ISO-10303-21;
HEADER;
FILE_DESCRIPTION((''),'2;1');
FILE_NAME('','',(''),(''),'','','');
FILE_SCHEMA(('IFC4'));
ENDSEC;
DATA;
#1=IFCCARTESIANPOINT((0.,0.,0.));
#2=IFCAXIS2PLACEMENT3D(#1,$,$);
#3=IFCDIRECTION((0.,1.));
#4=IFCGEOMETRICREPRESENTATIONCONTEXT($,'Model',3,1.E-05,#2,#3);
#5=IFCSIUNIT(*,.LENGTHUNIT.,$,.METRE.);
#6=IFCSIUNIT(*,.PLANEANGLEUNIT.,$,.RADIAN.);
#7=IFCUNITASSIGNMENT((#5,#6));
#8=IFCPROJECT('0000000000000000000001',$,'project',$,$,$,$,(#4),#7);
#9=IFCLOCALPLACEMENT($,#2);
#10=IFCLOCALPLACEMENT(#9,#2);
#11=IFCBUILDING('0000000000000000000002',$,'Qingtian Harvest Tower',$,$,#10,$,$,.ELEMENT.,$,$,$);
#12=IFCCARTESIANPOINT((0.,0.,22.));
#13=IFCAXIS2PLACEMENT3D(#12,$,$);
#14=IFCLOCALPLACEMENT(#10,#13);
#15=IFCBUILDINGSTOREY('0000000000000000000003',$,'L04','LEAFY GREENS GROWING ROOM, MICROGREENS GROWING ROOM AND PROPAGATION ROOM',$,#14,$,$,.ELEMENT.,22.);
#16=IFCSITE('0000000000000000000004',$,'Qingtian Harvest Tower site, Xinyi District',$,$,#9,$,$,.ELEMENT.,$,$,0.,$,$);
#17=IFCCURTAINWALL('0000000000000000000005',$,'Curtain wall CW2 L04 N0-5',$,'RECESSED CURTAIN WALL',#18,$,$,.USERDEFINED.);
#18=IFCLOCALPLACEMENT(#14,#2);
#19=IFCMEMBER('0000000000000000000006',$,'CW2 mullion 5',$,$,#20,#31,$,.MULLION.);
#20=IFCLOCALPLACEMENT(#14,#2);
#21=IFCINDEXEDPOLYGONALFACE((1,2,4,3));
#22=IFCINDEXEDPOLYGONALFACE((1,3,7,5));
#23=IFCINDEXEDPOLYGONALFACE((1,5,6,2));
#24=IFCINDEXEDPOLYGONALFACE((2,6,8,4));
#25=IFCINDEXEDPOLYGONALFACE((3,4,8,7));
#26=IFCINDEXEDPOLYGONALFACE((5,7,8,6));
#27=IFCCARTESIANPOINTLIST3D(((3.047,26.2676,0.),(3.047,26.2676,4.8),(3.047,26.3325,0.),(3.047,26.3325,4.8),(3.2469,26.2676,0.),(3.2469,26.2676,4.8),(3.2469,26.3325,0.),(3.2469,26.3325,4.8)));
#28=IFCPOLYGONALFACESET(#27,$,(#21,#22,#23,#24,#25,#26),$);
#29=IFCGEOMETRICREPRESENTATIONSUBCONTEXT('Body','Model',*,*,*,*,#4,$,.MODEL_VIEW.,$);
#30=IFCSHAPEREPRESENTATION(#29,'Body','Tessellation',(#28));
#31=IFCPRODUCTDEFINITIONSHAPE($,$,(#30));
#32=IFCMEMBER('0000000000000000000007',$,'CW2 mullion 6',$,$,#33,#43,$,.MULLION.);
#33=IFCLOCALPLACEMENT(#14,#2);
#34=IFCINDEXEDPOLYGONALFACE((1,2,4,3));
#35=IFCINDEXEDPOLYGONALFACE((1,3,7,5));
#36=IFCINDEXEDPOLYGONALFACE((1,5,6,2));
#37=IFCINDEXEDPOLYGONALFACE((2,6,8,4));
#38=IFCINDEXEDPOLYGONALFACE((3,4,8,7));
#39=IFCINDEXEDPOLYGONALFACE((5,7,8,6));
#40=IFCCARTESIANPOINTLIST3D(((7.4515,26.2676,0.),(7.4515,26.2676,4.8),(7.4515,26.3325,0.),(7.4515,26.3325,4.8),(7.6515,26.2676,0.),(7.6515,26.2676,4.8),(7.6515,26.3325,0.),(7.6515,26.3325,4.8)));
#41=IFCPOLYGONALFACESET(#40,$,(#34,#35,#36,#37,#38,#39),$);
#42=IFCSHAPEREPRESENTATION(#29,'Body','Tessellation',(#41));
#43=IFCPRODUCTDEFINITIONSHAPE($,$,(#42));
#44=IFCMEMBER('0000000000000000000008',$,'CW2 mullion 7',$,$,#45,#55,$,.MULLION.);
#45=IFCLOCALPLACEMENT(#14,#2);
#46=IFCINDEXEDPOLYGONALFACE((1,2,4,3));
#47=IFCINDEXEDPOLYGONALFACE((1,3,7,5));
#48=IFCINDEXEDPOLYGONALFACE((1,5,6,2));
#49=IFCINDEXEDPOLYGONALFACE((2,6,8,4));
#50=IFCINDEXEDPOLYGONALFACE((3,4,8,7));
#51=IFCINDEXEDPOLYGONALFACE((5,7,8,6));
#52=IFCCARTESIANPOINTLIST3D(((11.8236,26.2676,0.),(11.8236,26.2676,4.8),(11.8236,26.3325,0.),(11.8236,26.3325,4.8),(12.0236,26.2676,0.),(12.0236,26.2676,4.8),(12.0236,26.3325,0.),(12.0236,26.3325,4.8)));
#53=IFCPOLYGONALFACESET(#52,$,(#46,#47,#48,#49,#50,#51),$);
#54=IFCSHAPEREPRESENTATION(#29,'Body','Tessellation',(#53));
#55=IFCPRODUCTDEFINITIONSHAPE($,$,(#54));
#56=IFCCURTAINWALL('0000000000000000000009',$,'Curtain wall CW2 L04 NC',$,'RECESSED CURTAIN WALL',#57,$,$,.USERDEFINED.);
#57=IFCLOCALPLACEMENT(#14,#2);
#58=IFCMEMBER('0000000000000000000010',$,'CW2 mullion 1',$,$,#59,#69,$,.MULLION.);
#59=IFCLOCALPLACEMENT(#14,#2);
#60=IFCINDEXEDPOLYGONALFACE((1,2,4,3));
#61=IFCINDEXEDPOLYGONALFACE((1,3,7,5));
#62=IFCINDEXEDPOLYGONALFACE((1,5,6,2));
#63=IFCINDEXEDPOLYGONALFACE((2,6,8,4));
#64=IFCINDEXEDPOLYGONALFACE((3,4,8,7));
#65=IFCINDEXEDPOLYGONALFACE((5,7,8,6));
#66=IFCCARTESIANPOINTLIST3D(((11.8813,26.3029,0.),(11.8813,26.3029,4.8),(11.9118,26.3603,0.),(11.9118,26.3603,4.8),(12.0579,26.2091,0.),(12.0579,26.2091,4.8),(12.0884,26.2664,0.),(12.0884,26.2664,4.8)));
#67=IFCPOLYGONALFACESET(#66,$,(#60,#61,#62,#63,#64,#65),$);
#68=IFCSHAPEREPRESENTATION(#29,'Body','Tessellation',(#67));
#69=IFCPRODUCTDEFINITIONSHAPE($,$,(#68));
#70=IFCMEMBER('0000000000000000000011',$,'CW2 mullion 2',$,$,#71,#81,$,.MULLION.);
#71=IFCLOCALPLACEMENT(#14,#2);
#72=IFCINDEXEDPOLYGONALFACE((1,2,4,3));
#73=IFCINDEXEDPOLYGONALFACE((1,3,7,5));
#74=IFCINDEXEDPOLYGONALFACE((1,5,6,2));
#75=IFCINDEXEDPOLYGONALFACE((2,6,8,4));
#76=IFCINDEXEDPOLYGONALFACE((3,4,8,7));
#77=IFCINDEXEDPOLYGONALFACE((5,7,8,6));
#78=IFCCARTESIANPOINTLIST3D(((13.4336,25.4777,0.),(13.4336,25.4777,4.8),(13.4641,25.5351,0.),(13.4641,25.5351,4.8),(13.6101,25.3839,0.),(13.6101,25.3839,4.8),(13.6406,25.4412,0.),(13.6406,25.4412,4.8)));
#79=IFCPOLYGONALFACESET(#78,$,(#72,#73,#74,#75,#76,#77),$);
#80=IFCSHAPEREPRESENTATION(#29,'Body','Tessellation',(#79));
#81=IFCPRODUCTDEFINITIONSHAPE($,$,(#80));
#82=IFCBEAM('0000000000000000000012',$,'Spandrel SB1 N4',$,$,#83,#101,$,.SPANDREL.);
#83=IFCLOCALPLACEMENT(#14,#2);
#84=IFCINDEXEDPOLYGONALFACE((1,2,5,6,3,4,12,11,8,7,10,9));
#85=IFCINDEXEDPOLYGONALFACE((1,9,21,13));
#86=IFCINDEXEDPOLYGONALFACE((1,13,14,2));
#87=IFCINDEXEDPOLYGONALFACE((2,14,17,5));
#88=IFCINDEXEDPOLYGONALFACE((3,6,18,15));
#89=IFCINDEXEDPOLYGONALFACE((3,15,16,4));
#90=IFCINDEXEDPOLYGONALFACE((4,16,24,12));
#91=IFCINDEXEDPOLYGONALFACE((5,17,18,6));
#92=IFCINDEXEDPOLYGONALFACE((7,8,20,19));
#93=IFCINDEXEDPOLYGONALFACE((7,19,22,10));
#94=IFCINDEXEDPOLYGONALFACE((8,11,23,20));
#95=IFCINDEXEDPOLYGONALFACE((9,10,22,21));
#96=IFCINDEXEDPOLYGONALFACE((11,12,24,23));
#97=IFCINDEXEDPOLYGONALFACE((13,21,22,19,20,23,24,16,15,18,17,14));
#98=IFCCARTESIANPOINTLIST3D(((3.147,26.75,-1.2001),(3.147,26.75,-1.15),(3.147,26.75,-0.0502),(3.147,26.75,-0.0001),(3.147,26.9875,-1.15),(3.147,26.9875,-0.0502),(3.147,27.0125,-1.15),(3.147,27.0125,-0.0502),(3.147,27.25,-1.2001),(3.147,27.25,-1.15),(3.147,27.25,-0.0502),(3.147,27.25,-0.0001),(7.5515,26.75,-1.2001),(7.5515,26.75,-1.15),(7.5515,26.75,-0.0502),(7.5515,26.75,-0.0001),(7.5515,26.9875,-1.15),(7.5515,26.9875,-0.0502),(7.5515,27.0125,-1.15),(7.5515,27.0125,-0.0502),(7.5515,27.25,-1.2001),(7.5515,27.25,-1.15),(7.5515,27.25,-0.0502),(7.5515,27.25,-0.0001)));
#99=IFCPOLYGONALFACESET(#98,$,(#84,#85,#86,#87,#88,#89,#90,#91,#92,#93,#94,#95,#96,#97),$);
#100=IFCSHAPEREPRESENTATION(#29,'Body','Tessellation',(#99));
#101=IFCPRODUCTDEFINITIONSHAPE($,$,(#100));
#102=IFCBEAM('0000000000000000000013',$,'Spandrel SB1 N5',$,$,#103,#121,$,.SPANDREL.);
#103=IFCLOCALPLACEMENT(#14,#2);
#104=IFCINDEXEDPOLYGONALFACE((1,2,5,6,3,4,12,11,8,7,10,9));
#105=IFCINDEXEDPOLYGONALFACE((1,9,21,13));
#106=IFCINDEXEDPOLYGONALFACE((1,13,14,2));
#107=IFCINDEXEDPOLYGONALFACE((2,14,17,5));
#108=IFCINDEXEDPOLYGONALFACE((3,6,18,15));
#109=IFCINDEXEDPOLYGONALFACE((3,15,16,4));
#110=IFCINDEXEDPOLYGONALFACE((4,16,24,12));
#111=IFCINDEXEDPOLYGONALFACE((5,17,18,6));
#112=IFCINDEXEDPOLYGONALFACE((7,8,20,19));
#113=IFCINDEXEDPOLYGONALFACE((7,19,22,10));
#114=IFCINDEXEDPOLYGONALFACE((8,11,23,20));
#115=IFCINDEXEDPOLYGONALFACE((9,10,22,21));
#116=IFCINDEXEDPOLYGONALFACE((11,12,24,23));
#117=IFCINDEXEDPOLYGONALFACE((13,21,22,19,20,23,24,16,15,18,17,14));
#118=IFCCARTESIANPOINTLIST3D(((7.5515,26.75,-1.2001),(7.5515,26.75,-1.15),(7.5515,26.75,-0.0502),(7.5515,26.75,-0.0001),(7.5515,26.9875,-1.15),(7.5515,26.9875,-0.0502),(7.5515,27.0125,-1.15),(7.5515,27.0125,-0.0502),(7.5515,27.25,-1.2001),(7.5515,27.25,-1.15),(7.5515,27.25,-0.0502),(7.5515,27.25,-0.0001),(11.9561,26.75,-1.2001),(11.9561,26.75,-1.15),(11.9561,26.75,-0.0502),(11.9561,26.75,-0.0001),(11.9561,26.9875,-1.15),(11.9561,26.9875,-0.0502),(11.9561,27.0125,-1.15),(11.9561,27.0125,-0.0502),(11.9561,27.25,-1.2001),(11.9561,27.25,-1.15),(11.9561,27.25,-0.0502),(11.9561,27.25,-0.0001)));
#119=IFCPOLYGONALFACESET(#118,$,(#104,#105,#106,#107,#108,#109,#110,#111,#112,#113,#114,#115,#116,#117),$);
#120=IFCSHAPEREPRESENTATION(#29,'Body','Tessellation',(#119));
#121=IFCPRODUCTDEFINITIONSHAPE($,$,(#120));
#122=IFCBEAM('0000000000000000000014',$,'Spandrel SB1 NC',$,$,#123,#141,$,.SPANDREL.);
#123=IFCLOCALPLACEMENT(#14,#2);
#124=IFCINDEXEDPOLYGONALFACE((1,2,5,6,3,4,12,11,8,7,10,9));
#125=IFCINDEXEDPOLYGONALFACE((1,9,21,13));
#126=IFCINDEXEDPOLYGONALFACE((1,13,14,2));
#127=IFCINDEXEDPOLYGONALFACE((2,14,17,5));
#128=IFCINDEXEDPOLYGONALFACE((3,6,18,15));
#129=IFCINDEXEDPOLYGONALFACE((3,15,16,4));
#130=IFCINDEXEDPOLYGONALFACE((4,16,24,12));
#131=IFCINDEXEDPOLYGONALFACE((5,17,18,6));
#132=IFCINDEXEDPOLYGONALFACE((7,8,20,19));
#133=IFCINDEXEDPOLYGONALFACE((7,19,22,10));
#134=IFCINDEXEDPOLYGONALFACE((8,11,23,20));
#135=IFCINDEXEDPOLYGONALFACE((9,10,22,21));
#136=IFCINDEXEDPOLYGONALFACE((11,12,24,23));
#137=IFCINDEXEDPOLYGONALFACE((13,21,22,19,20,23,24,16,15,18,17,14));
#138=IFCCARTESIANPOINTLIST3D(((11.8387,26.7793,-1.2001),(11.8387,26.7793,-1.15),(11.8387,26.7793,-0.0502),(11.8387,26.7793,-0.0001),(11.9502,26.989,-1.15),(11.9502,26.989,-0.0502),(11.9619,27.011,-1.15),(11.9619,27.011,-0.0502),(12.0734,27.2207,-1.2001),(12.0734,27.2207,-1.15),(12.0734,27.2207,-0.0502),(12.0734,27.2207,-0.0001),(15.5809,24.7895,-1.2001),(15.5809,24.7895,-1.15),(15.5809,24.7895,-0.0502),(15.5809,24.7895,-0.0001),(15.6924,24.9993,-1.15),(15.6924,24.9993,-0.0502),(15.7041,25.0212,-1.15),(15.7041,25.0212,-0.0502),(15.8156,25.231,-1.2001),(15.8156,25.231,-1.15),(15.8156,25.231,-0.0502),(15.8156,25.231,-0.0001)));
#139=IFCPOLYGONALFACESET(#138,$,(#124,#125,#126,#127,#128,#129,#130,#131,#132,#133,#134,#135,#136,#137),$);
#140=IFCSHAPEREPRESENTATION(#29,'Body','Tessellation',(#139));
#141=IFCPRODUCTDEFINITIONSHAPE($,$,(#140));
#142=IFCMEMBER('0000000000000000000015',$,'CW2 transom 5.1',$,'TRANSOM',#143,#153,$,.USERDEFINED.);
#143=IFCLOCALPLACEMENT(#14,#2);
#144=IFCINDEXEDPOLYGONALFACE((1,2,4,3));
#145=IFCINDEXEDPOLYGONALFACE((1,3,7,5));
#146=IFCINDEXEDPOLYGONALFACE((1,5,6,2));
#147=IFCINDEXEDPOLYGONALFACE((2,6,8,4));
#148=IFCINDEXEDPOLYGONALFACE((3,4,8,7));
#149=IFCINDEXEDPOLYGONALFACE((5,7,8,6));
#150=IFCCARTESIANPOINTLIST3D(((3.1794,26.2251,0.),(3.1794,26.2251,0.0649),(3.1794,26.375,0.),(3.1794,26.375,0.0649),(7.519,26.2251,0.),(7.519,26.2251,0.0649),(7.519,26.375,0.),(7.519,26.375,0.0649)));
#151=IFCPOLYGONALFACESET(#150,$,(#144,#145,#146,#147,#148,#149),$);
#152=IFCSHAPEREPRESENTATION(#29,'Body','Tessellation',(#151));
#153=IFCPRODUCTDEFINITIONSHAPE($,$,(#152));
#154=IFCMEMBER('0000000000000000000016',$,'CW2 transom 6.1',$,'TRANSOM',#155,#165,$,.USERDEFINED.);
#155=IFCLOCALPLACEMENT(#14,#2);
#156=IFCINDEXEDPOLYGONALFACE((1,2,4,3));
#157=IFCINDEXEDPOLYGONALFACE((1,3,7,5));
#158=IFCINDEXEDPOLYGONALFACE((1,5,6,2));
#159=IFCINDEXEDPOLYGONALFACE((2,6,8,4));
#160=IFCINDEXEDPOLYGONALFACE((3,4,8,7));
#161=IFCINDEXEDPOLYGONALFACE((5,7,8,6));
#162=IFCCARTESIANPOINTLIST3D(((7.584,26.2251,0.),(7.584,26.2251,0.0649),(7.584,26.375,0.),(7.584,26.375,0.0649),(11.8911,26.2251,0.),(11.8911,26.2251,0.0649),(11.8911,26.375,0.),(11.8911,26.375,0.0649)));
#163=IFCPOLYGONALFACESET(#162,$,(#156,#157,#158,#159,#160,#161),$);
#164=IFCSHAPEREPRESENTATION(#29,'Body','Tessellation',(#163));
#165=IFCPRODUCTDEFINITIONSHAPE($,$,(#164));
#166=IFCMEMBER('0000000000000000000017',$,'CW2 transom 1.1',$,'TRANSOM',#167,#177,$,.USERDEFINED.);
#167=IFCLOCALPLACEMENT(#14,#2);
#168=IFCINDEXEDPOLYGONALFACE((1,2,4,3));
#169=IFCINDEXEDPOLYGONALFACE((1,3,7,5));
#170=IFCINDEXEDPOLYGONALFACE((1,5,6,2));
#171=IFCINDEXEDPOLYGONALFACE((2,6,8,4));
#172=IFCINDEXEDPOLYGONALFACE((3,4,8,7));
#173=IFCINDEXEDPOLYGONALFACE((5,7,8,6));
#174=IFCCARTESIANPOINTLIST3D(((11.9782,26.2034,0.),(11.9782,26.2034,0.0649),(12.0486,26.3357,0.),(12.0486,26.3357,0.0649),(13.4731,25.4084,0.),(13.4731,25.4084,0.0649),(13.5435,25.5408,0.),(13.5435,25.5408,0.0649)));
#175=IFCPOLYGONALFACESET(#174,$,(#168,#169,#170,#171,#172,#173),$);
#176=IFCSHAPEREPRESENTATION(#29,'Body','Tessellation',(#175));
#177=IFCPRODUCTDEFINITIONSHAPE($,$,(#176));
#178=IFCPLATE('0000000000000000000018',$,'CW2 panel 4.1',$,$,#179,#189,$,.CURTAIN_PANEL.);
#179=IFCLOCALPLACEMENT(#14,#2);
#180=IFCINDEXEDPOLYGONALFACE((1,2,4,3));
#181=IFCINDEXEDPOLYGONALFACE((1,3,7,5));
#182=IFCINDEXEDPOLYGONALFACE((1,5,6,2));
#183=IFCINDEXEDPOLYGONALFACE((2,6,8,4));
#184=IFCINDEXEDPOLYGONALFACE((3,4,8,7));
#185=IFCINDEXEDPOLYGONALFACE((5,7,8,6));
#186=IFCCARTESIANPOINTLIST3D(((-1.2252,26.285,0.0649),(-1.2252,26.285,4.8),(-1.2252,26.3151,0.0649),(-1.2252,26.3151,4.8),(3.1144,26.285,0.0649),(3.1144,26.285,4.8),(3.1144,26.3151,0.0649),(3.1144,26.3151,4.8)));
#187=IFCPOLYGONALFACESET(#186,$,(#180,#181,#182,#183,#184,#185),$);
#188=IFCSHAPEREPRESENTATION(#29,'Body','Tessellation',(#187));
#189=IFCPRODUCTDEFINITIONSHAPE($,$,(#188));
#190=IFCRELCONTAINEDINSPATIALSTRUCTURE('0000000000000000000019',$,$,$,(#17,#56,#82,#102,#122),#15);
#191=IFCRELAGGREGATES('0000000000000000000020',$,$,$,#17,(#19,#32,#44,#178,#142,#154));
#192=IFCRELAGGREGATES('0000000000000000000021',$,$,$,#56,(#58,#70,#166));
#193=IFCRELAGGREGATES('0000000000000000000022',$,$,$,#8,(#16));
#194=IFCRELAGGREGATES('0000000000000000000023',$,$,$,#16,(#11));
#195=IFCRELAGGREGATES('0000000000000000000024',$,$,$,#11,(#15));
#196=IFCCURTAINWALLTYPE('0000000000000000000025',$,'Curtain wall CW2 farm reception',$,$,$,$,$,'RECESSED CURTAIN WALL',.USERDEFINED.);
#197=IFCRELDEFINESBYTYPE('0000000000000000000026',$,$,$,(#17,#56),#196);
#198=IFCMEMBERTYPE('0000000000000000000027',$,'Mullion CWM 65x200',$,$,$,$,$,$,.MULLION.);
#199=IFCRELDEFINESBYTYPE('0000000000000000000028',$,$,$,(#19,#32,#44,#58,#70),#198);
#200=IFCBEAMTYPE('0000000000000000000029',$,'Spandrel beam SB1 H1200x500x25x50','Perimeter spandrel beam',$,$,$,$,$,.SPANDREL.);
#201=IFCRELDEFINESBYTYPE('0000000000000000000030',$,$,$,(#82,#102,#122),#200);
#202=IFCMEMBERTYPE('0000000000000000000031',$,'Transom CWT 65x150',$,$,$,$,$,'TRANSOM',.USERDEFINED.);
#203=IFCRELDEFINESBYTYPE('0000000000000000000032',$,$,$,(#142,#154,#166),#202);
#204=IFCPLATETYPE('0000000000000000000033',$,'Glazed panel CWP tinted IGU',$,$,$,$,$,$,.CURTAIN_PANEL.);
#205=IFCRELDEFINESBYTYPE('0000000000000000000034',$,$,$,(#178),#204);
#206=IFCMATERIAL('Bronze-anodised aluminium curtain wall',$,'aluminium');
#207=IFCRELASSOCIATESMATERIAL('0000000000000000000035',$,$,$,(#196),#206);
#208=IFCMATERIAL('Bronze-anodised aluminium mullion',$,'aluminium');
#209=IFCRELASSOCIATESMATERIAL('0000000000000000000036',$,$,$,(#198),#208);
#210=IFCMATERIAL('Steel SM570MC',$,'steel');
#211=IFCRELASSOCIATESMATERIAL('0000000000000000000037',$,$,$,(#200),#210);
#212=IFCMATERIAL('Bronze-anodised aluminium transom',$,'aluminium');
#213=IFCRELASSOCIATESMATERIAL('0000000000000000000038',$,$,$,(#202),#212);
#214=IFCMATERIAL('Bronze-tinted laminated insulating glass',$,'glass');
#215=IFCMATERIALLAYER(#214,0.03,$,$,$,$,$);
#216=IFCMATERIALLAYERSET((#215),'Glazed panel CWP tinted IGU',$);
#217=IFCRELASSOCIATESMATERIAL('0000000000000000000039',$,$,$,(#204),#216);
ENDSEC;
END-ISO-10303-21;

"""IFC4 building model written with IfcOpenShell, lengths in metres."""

from ifc_helpers import new_model, si_unit, direction, frame, origin, origin_2d, place, context, subcontext, project, spatial, rectangle, i_section, extrude, material, layer, layer_set, material_profile, profile_set, type_object, element, aggregate, save


model = new_model("IFC4")

# Units and contexts
model_context = context("Model", 3, precision=1e-05, world=origin(), true_north=direction((0.0, 1.0)))
body_context = subcontext(model_context, "Body", "Model", "MODEL_VIEW")
ifc_project = project(units=[si_unit("LENGTHUNIT", "METRE"), si_unit("PLANEANGLEUNIT", "RADIAN")], contexts=[model_context])

# Site, building, storey
site_placement = place(None, origin())
site = spatial("IfcSite", under=ifc_project, at=site_placement, Name="Qingtian Harvest Tower site, Xinyi District", CompositionType="ELEMENT", RefElevation=0.0)
building_placement = place(site_placement, origin())
building = spatial("IfcBuilding", under=site, at=building_placement, Name="Qingtian Harvest Tower", CompositionType="ELEMENT")
storey_placement = place(building_placement, frame((0.0, 0.0, 22.0)))
storey = spatial("IfcBuildingStorey", under=building, at=storey_placement, Name="L04", Description="LEAFY GREENS GROWING ROOM, MICROGREENS GROWING ROOM AND PROPAGATION ROOM", CompositionType="ELEMENT", Elevation=22.0)

# Curtain walls, members
ifc_material_1 = material(Name="Bronze-anodised aluminium curtain wall", Category="aluminium")
curtain_wall_type = type_object("IfcCurtainWallType", Name="Curtain wall CW2 farm reception", ElementType="RECESSED CURTAIN WALL", PredefinedType="USERDEFINED", material=ifc_material_1)
curtain_wall_1_placement = place(storey_placement, origin())
curtain_wall_1 = element("IfcCurtainWall", 1, at=curtain_wall_1_placement, inside=storey, type_object=curtain_wall_type, Name="Curtain wall CW2 L04 N0-5", ObjectType="RECESSED CURTAIN WALL", PredefinedType="USERDEFINED")
ifc_material_2 = material(Name="Bronze-anodised aluminium mullion", Category="aluminium")
ifc_material_profile_1 = material_profile(ifc_material_2, rectangle(XDim=0.0649, YDim=0.2, at=origin_2d()), Name="AL 65x200")
ifc_profile_set_1 = profile_set([ifc_material_profile_1], Name="Bronze-anodised aluminium mullion")
member_type_1 = type_object("IfcMemberType", Name="Mullion CWM 65x200", PredefinedType="MULLION", material=ifc_profile_set_1)
member_1_placement = place(storey_placement, frame((3.147, 26.3, 0.0), z_axis=(0.0, 0.0, 1.0), x_axis=(0.0, 1.0, 0.0)))
member_1 = element("IfcMember", 2, at=member_1_placement, type_object=member_type_1, Name="CW2 mullion 5", PredefinedType="MULLION", context=body_context, shape_type="SweptSolid", body=[
    extrude(rectangle(XDim=0.0649, YDim=0.2, at=origin_2d()), origin(), (0.0, 0.0, 1.0), 4.8),
])
member_2_placement = place(storey_placement, frame((7.5515, 26.3, 0.0), z_axis=(0.0, 0.0, 1.0), x_axis=(0.0, 1.0, 0.0)))
member_2 = element("IfcMember", 3, at=member_2_placement, type_object=member_type_1, Name="CW2 mullion 6", PredefinedType="MULLION", context=body_context, shape_type="SweptSolid", body=[
    extrude(rectangle(XDim=0.0649, YDim=0.2, at=origin_2d()), origin(), (0.0, 0.0, 1.0), 4.8),
])
member_3_placement = place(storey_placement, frame((11.9236, 26.3, 0.0), z_axis=(0.0, 0.0, 1.0), x_axis=(0.0, 1.0, 0.0)))
member_3 = element("IfcMember", 4, at=member_3_placement, type_object=member_type_1, Name="CW2 mullion 7", PredefinedType="MULLION", context=body_context, shape_type="SweptSolid", body=[
    extrude(rectangle(XDim=0.0649, YDim=0.2, at=origin_2d()), origin(), (0.0, 0.0, 1.0), 4.8),
])
curtain_wall_2_placement = place(storey_placement, origin())
curtain_wall_2 = element("IfcCurtainWall", 5, at=curtain_wall_2_placement, inside=storey, type_object=curtain_wall_type, Name="Curtain wall CW2 L04 NC", ObjectType="RECESSED CURTAIN WALL", PredefinedType="USERDEFINED")
member_4_placement = place(storey_placement, frame((11.9849, 26.2847, 0.0), z_axis=(0.0, 0.0, 1.0), x_axis=(0.469472, 0.882948, 0.0)))
member_4 = element("IfcMember", 6, at=member_4_placement, type_object=member_type_1, Name="CW2 mullion 1", PredefinedType="MULLION", context=body_context, shape_type="SweptSolid", body=[
    extrude(rectangle(XDim=0.0649, YDim=0.2, at=origin_2d()), origin(), (0.0, 0.0, 1.0), 4.8),
])
member_5_placement = place(storey_placement, frame((13.5371, 25.4595, 0.0), z_axis=(0.0, 0.0, 1.0), x_axis=(0.469472, 0.882948, 0.0)))
member_5 = element("IfcMember", 7, at=member_5_placement, type_object=member_type_1, Name="CW2 mullion 2", PredefinedType="MULLION", context=body_context, shape_type="SweptSolid", body=[
    extrude(rectangle(XDim=0.0649, YDim=0.2, at=origin_2d()), origin(), (0.0, 0.0, 1.0), 4.8),
])

# Beams
ifc_material_3 = material(Name="Steel SM570MC", Category="steel")
ifc_material_profile_2 = material_profile(ifc_material_3, i_section(OverallWidth=0.5, OverallDepth=1.2, WebThickness=0.0249, FlangeThickness=0.05, at=origin_2d()), Name="H1200x500x25x50")
ifc_profile_set_2 = profile_set([ifc_material_profile_2], Name="Steel SM570MC")
beam_type_1 = type_object("IfcBeamType", Name="Spandrel beam SB1 H1200x500x25x50", Description="Perimeter spandrel beam", PredefinedType="SPANDREL", material=ifc_profile_set_2)
for number, where, z_axis, x_axis, name in (
    (8, (3.147, 27.0, -0.6001), (1.0, 0.0, 0.0), (0.0, 1.0, 0.0), "Spandrel SB1 N4"),
    (9, (7.5515, 27.0, -0.6001), (1.0, 0.0, 0.0), (0.0, 1.0, 0.0), "Spandrel SB1 N5"),
):
    element("IfcBeam", number, at=place(storey_placement, frame(where, z_axis=z_axis, x_axis=x_axis)), inside=storey, type_object=beam_type_1, Name=name, PredefinedType="SPANDREL", context=body_context, shape_type="SweptSolid", body=[
        extrude(i_section(OverallWidth=0.5, OverallDepth=1.2, WebThickness=0.0249, FlangeThickness=0.05, at=origin_2d()), origin(), (0.0, 0.0, 1.0), 4.4045),
    ])
beam_1_placement = place(storey_placement, frame((11.9561, 27.0, -0.6001), z_axis=(0.882949, -0.46947, 0.0), x_axis=(0.46947, 0.882949, 0.0)))
element("IfcBeam", 10, at=beam_1_placement, inside=storey, type_object=beam_type_1, Name="Spandrel SB1 NC", PredefinedType="SPANDREL", context=body_context, shape_type="SweptSolid", body=[
    extrude(i_section(OverallWidth=0.5, OverallDepth=1.2, WebThickness=0.0249, FlangeThickness=0.05, at=origin_2d()), origin(), (0.0, 0.0, 1.0), 4.2383),
])

# Members
ifc_material_4 = material(Name="Bronze-anodised aluminium transom", Category="aluminium")
ifc_material_profile_3 = material_profile(ifc_material_4, rectangle(XDim=0.1499, YDim=0.0649, at=origin_2d()), Name="AL 65x150")
ifc_profile_set_3 = profile_set([ifc_material_profile_3], Name="Bronze-anodised aluminium transom")
member_type_2 = type_object("IfcMemberType", Name="Transom CWT 65x150", ElementType="TRANSOM", PredefinedType="USERDEFINED", material=ifc_profile_set_3)
member_6_placement = place(storey_placement, frame((3.1794, 26.3, 0.0325), z_axis=(1.0, 0.0, 0.0), x_axis=(0.0, 1.0, 0.0)))
member_6 = element("IfcMember", 11, at=member_6_placement, type_object=member_type_2, Name="CW2 transom 5.1", ObjectType="TRANSOM", PredefinedType="USERDEFINED", context=body_context, shape_type="SweptSolid", body=[
    extrude(rectangle(XDim=0.1499, YDim=0.0649, at=origin_2d()), origin(), (0.0, 0.0, 1.0), 4.3396),
])
member_7_placement = place(storey_placement, frame((7.584, 26.3, 0.0325), z_axis=(1.0, 0.0, 0.0), x_axis=(0.0, 1.0, 0.0)))
member_7 = element("IfcMember", 12, at=member_7_placement, type_object=member_type_2, Name="CW2 transom 6.1", ObjectType="TRANSOM", PredefinedType="USERDEFINED", context=body_context, shape_type="SweptSolid", body=[
    extrude(rectangle(XDim=0.1499, YDim=0.0649, at=origin_2d()), origin(), (0.0, 0.0, 1.0), 4.3071),
])
member_8_placement = place(storey_placement, frame((12.0134, 26.2695, 0.0325), z_axis=(0.882927, -0.46951, 0.0), x_axis=(0.46951, 0.882927, 0.0)))
member_8 = element("IfcMember", 13, at=member_8_placement, type_object=member_type_2, Name="CW2 transom 1.1", ObjectType="TRANSOM", PredefinedType="USERDEFINED", context=body_context, shape_type="SweptSolid", body=[
    extrude(rectangle(XDim=0.1499, YDim=0.0649, at=origin_2d()), origin(), (0.0, 0.0, 1.0), 1.6931),
])

# Plate
ifc_material_5 = material(Name="Bronze-tinted laminated insulating glass", Category="glass")
ifc_layer_1 = layer(ifc_material_5, 0.03)
ifc_layer_set_1 = layer_set([ifc_layer_1], Name="Glazed panel CWP tinted IGU")
plate_type = type_object("IfcPlateType", Name="Glazed panel CWP tinted IGU", PredefinedType="CURTAIN_PANEL", material=ifc_layer_set_1)
plate_1_placement = place(storey_placement, frame((0.9446, 26.3, 0.0649), z_axis=(0.0, 0.0, 1.0), x_axis=(1.0, 0.0, 0.0)))
plate_1 = element("IfcPlate", 14, at=plate_1_placement, type_object=plate_type, Name="CW2 panel 4.1", PredefinedType="CURTAIN_PANEL", context=body_context, shape_type="SweptSolid", body=[
    extrude(rectangle(XDim=4.3396, YDim=0.03, at=origin_2d()), origin(), (0.0, 0.0, 1.0), 4.7351),
])
aggregate(curtain_wall_1, [member_1, member_2, member_3, plate_1, member_6, member_7])
aggregate(curtain_wall_2, [member_4, member_5, member_8])

save(model, "model.ifc")
